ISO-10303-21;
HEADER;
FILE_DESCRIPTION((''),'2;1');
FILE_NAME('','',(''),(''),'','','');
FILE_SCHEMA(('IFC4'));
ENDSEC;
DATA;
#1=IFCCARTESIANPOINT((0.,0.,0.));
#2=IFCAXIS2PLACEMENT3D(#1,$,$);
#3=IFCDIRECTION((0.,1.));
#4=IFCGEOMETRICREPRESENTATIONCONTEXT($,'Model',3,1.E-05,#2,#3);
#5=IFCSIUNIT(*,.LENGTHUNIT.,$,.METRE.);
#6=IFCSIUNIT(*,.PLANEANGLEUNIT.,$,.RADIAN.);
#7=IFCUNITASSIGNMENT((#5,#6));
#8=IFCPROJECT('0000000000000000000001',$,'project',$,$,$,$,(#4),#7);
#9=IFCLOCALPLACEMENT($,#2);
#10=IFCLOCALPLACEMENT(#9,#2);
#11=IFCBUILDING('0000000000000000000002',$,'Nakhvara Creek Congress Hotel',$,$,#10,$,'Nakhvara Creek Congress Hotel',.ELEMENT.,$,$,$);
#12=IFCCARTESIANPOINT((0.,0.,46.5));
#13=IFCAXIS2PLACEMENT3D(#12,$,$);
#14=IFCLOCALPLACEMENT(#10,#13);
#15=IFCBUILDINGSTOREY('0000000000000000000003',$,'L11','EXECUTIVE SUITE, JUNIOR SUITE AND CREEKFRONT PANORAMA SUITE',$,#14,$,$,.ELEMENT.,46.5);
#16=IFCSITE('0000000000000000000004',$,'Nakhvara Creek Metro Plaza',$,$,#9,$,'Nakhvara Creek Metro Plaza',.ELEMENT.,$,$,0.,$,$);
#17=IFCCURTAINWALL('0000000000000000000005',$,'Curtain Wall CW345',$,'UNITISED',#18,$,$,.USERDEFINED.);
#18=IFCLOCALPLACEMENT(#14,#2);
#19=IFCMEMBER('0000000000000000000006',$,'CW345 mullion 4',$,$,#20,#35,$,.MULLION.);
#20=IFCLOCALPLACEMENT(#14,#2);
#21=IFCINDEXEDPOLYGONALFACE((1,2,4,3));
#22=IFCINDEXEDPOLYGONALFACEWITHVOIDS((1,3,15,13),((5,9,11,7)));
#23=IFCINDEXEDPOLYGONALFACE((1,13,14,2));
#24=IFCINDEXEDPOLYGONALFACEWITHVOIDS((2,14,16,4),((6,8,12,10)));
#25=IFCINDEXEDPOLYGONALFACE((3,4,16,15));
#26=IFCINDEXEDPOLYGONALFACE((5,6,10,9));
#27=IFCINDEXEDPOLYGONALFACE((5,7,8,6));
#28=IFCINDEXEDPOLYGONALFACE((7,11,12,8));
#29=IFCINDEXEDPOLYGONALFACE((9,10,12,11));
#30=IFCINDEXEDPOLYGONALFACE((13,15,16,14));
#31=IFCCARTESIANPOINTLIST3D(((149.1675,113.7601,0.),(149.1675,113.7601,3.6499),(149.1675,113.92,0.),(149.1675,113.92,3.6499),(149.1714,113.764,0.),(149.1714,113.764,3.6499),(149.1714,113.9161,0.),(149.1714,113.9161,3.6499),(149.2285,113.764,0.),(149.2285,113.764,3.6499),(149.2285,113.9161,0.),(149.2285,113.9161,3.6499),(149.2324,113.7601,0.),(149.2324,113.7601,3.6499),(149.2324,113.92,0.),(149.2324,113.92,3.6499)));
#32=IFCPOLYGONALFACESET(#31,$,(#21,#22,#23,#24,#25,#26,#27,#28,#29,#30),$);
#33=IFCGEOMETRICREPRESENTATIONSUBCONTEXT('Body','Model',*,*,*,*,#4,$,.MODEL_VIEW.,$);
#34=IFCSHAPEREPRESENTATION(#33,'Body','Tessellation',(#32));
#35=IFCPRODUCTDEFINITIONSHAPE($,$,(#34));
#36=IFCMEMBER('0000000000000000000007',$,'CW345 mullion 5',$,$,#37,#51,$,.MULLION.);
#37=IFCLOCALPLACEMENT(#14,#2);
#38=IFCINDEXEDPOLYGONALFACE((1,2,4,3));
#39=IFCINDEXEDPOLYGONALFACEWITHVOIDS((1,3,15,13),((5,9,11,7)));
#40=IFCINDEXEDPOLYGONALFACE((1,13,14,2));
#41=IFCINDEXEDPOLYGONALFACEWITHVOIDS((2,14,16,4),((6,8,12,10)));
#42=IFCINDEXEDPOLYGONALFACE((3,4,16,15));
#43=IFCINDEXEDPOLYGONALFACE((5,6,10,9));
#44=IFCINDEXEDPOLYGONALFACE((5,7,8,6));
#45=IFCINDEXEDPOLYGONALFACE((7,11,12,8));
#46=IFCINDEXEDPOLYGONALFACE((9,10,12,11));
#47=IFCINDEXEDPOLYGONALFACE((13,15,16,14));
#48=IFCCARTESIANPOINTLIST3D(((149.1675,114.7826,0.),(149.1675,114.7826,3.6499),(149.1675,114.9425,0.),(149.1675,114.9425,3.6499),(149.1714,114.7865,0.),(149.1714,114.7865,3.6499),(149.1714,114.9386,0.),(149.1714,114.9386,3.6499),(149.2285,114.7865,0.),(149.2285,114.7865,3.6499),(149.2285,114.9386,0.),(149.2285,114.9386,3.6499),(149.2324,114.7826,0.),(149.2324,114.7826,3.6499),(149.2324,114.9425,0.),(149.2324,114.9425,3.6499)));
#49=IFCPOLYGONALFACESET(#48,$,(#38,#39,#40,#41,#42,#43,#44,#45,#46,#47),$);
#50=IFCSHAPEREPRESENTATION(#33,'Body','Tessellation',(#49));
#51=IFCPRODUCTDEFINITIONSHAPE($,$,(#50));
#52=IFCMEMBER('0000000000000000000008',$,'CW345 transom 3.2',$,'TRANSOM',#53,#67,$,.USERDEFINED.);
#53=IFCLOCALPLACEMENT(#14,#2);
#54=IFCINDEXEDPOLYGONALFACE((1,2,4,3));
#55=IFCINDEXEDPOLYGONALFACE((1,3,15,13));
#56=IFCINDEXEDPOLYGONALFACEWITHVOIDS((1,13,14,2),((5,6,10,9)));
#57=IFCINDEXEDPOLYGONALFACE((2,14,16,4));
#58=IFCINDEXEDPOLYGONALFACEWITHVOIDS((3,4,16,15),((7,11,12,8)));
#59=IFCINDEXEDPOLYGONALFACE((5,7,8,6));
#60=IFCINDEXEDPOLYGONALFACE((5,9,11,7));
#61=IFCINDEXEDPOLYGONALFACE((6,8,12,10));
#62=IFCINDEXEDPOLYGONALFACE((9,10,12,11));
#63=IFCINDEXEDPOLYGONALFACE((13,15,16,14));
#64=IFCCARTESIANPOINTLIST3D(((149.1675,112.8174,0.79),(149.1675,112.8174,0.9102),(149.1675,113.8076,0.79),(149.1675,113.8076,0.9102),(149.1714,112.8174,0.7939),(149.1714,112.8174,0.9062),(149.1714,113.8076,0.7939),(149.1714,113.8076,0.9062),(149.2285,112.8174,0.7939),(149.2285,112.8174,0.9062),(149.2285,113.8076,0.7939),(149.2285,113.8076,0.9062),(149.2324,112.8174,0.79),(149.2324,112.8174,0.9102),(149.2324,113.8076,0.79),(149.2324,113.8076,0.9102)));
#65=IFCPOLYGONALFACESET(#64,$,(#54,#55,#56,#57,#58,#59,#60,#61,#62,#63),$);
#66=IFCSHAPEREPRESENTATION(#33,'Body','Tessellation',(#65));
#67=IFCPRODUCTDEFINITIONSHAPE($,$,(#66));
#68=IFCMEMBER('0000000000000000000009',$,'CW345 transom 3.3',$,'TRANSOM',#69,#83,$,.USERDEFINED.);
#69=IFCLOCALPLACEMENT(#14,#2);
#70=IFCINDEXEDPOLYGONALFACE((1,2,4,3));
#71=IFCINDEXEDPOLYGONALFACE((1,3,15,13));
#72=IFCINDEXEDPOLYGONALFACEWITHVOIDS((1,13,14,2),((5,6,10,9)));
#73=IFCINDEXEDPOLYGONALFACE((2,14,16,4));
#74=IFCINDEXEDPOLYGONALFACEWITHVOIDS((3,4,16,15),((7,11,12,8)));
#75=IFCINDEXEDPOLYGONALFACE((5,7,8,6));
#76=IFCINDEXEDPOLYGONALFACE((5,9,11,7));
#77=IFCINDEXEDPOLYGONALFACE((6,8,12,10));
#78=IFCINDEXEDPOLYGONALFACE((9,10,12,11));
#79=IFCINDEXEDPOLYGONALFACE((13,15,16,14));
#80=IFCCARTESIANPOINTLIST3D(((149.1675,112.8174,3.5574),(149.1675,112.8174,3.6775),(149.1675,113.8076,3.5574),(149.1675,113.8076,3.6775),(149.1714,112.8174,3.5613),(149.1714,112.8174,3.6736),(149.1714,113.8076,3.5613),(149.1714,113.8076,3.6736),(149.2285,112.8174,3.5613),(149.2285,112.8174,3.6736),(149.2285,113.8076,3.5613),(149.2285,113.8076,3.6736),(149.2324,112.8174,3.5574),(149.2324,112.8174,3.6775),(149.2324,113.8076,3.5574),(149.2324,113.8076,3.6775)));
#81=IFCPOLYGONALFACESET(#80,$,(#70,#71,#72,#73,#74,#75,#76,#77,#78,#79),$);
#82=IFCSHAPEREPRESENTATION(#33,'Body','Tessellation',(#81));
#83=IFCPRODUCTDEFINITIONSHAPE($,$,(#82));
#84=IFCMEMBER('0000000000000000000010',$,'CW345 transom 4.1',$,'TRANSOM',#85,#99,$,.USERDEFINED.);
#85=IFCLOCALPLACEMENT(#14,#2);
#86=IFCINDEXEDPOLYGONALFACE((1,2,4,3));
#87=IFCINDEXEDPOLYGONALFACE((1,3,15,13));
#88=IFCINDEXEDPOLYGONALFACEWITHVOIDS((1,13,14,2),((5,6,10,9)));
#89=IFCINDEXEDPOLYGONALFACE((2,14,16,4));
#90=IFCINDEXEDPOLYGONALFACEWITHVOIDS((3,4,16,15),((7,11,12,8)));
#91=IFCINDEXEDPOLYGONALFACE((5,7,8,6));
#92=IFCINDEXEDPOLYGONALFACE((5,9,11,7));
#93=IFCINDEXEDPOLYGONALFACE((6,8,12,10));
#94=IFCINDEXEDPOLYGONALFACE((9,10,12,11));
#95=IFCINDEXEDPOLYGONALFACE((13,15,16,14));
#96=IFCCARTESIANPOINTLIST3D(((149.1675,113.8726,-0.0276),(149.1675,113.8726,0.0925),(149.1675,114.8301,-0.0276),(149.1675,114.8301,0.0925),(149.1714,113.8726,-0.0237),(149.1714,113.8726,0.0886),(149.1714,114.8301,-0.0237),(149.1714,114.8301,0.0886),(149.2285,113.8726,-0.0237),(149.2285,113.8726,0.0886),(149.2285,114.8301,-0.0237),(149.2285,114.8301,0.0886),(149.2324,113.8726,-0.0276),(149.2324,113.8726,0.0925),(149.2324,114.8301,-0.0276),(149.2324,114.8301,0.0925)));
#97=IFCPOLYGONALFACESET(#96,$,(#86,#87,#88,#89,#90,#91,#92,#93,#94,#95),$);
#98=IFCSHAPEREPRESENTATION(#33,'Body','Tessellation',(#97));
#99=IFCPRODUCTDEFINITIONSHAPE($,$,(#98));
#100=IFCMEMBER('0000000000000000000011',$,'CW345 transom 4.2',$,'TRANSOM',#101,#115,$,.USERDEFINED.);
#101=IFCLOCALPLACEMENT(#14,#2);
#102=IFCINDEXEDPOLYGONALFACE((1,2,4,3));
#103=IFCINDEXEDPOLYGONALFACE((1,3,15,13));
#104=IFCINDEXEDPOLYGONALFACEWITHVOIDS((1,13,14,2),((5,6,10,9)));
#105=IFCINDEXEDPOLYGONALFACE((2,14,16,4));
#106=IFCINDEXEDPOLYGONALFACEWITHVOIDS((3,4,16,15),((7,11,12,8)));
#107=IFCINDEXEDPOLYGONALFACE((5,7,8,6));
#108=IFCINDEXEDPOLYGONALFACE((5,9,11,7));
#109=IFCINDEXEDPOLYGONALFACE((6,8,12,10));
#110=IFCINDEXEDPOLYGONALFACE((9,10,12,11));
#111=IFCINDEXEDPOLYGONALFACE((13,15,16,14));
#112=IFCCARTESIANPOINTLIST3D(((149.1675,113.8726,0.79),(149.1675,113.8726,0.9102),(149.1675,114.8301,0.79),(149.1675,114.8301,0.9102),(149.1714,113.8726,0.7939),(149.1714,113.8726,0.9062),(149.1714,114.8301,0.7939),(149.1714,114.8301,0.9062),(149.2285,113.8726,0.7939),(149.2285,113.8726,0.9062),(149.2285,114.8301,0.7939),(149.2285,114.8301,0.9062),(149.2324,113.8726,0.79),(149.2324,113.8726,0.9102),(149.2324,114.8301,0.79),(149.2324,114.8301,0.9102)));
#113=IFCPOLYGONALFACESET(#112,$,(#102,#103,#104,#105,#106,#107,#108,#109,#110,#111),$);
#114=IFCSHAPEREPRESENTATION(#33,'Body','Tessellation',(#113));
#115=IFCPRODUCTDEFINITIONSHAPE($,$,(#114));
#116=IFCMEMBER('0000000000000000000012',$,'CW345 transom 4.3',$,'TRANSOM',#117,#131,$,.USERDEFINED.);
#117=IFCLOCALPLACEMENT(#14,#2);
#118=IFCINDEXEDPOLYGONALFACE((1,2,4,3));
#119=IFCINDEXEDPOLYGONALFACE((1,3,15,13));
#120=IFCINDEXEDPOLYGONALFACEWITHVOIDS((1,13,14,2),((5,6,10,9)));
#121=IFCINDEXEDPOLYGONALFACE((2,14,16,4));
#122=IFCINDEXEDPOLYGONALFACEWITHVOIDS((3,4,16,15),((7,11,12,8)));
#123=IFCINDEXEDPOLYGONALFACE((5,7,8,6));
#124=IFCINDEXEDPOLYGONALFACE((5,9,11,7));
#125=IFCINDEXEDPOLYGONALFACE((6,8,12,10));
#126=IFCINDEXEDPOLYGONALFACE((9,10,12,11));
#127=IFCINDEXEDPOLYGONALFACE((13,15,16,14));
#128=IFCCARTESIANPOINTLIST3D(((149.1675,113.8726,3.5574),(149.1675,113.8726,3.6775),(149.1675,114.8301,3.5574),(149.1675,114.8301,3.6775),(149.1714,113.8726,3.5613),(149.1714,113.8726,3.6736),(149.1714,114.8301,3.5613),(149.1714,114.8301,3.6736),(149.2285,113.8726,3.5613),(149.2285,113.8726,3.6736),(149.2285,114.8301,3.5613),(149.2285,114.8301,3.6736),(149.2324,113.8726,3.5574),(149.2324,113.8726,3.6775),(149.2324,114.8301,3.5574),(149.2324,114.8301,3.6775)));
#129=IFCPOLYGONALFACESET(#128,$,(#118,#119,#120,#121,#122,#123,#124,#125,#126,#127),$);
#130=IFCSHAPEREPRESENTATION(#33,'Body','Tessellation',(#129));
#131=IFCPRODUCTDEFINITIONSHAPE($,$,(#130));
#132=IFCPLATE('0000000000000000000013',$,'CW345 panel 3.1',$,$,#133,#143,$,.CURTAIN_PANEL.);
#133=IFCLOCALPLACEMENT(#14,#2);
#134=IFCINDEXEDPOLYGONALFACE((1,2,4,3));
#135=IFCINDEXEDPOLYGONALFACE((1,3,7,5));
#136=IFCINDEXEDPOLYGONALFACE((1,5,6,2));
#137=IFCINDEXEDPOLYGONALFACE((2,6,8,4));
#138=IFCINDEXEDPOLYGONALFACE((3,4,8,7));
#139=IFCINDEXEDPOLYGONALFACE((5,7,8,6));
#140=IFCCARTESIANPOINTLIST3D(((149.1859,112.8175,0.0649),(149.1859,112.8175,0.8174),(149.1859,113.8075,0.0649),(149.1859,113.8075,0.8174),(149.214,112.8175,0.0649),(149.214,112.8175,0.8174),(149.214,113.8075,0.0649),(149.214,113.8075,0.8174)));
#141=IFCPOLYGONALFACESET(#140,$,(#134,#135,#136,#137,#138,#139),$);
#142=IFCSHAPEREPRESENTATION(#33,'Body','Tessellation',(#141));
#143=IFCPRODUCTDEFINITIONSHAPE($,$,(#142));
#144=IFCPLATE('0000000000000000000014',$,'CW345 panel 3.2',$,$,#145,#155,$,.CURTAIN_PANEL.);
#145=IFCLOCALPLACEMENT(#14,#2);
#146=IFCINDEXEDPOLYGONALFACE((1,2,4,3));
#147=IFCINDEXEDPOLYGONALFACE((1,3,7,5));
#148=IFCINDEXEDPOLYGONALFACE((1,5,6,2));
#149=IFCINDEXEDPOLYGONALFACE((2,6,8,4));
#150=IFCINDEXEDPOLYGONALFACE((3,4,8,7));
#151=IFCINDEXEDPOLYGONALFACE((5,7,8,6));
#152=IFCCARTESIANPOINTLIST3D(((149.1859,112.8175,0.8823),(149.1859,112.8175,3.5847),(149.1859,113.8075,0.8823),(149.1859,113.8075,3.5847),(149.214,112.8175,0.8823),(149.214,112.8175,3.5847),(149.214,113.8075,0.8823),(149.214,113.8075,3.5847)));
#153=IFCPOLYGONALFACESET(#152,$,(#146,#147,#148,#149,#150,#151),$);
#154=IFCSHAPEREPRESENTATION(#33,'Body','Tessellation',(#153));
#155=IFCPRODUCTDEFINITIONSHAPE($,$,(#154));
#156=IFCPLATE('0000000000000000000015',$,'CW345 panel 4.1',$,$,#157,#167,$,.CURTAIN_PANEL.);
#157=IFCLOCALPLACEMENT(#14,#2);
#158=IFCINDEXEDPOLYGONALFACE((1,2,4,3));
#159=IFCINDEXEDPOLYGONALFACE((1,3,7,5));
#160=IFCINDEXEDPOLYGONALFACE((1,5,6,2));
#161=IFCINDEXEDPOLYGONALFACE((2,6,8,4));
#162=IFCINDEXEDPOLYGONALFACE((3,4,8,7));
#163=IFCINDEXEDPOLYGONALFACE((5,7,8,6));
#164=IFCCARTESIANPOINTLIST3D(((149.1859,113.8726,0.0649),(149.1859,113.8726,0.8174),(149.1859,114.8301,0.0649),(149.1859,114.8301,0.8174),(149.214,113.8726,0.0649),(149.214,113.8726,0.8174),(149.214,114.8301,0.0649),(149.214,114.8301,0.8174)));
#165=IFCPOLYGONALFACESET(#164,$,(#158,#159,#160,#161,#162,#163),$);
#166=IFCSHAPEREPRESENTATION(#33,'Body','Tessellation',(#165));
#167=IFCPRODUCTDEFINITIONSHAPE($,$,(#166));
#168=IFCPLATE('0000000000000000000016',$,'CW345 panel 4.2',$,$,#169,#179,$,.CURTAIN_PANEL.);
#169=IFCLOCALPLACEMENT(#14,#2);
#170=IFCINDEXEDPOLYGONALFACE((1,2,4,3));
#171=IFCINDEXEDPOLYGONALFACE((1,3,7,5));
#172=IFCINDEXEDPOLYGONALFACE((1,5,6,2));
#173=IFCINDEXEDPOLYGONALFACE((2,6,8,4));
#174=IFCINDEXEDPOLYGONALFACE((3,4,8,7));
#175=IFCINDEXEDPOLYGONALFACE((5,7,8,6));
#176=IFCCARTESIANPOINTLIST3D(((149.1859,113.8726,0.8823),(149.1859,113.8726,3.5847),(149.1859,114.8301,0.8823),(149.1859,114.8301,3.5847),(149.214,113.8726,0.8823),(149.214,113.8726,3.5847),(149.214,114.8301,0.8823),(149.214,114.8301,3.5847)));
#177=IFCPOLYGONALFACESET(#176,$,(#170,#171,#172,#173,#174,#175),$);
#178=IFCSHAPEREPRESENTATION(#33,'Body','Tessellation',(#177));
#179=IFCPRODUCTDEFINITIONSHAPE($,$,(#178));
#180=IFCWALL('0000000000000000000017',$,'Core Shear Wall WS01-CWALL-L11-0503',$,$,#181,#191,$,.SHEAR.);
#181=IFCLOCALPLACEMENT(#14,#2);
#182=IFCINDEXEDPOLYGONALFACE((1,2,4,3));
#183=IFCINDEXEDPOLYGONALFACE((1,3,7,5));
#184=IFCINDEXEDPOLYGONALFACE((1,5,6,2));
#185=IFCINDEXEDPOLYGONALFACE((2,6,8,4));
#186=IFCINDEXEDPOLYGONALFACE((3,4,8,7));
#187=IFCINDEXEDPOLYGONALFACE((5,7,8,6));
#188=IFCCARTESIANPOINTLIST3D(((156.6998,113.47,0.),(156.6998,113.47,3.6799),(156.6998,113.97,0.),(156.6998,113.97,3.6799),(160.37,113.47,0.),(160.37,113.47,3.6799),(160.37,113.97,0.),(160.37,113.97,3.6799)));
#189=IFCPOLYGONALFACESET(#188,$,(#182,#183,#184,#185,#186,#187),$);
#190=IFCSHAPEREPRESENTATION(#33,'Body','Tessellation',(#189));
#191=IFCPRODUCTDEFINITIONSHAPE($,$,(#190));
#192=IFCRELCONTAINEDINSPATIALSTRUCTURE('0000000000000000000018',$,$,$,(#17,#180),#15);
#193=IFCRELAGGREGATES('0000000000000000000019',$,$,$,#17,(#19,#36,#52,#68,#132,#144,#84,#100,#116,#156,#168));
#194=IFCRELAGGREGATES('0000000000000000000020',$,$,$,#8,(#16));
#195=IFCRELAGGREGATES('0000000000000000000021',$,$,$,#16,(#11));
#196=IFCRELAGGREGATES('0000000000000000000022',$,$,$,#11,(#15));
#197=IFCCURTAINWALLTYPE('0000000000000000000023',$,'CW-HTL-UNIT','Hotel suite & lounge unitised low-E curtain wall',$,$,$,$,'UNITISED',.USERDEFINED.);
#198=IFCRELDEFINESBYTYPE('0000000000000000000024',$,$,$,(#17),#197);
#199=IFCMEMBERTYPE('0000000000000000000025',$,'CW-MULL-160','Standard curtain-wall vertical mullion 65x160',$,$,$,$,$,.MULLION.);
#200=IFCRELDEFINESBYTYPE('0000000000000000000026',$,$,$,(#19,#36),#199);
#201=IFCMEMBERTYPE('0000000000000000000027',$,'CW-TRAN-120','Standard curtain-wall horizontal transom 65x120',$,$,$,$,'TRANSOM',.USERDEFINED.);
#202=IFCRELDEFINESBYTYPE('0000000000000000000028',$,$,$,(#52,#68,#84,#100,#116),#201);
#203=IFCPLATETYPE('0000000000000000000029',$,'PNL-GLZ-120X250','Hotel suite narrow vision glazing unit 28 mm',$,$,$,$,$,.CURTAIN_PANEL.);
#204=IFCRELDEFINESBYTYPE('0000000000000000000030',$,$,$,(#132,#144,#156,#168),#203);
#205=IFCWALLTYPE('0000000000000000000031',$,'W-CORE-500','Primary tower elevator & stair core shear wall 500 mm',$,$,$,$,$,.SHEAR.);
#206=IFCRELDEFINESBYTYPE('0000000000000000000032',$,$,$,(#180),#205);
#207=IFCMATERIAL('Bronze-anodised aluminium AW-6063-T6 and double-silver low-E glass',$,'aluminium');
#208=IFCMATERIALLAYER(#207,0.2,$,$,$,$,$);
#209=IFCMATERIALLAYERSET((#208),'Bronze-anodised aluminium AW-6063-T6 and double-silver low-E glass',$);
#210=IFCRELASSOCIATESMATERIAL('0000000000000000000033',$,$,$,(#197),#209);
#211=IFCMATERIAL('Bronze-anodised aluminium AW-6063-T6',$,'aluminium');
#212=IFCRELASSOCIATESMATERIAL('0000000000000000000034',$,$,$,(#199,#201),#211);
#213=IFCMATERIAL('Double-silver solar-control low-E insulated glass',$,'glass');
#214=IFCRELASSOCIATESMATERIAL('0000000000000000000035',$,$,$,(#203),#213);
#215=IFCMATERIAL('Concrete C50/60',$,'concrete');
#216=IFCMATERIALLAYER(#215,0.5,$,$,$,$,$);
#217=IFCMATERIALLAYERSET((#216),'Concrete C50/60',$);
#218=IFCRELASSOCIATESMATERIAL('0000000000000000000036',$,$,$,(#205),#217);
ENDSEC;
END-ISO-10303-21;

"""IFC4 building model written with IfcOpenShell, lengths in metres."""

from ifc_helpers import new_model, si_unit, direction, frame, frame_2d, origin, origin_2d, place, context, subcontext, project, spatial, rectangle, hollow_rectangle, extrude, material, layer, layer_set, material_profile, profile_set, type_object, element, aggregate, save


model = new_model("IFC4")

# Units and contexts
model_context = context("Model", 3, precision=1e-05, world=origin(), true_north=direction((0.0, 1.0)))
body_context = subcontext(model_context, "Body", "Model", "MODEL_VIEW")
ifc_project = project(units=[si_unit("LENGTHUNIT", "METRE"), si_unit("PLANEANGLEUNIT", "RADIAN")], contexts=[model_context])

# Site, building, storey
site_placement = place(None, origin())
site = spatial("IfcSite", under=ifc_project, at=site_placement, Name="Nakhvara Creek Metro Plaza", LongName="Nakhvara Creek Metro Plaza", CompositionType="ELEMENT", RefElevation=0.0)
building_placement = place(site_placement, origin())
building = spatial("IfcBuilding", under=site, at=building_placement, Name="Nakhvara Creek Congress Hotel", LongName="Nakhvara Creek Congress Hotel", CompositionType="ELEMENT")
storey_placement = place(building_placement, frame((0.0, 0.0, 46.5)))
storey = spatial("IfcBuildingStorey", under=building, at=storey_placement, Name="L11", Description="EXECUTIVE SUITE, JUNIOR SUITE AND CREEKFRONT PANORAMA SUITE", CompositionType="ELEMENT", Elevation=46.5)

# Shared definitions
ifc_material_1 = material(Name="Concrete C50/60", Category="concrete")

# Curtain wall, members, plates
ifc_material_2 = material(Name="Bronze-anodised aluminium AW-6063-T6 and double-silver low-E glass", Category="aluminium")
ifc_layer_1 = layer(ifc_material_2, 0.2)
ifc_layer_set_1 = layer_set([ifc_layer_1], Name="Bronze-anodised aluminium AW-6063-T6 and double-silver low-E glass")
curtain_wall_type = type_object("IfcCurtainWallType", Name="CW-HTL-UNIT", Description="Hotel suite & lounge unitised low-E curtain wall", ElementType="UNITISED", PredefinedType="USERDEFINED", material=ifc_layer_set_1)
curtain_wall_placement = place(storey_placement, origin())
curtain_wall = element("IfcCurtainWall", 1, at=curtain_wall_placement, inside=storey, type_object=curtain_wall_type, Name="Curtain Wall CW345", ObjectType="UNITISED", PredefinedType="USERDEFINED")
ifc_material_3 = material(Name="Bronze-anodised aluminium AW-6063-T6", Category="aluminium")
ifc_material_profile_1 = material_profile(ifc_material_3, hollow_rectangle(XDim=0.0649, YDim=0.1599, WallThickness=0.0039, at=origin_2d()), Name="ALU-MULL 65x160x4", Category="LoadBearing")
ifc_profile_set_1 = profile_set([ifc_material_profile_1], Name="Bronze-anodised aluminium AW-6063-T6")
member_type_1 = type_object("IfcMemberType", Name="CW-MULL-160", Description="Standard curtain-wall vertical mullion 65x160", PredefinedType="MULLION", material=ifc_profile_set_1)
member_1_placement = place(storey_placement, frame((149.2, 113.8401, 0.0), z_axis=(0.0, 0.0, 1.0), x_axis=(-1.0, 0.0, 0.0)))
member_1 = element("IfcMember", 2, at=member_1_placement, type_object=member_type_1, Name="CW345 mullion 4", PredefinedType="MULLION", context=body_context, shape_type="SweptSolid", body=[
    extrude(hollow_rectangle(XDim=0.0649, YDim=0.1599, WallThickness=0.0039, at=origin_2d()), origin(), (0.0, 0.0, 1.0), 3.6499),
])
member_2_placement = place(storey_placement, frame((149.2, 114.8625, 0.0), z_axis=(0.0, 0.0, 1.0), x_axis=(-1.0, 0.0, 0.0)))
member_2 = element("IfcMember", 3, at=member_2_placement, type_object=member_type_1, Name="CW345 mullion 5", PredefinedType="MULLION", context=body_context, shape_type="SweptSolid", body=[
    extrude(hollow_rectangle(XDim=0.0649, YDim=0.1599, WallThickness=0.0039, at=origin_2d()), origin(), (0.0, 0.0, 1.0), 3.6499),
])
ifc_material_profile_2 = material_profile(ifc_material_3, hollow_rectangle(XDim=0.0649, YDim=0.1201, WallThickness=0.0039, at=origin_2d()), Name="ALU-TRAN 65x120x4", Category="LoadBearing")
ifc_profile_set_2 = profile_set([ifc_material_profile_2], Name="Bronze-anodised aluminium AW-6063-T6")
member_type_2 = type_object("IfcMemberType", Name="CW-TRAN-120", Description="Standard curtain-wall horizontal transom 65x120", ElementType="TRANSOM", PredefinedType="USERDEFINED", material=ifc_profile_set_2)
member_3_placement = place(storey_placement, frame((149.2, 112.8174, 0.8501), z_axis=(0.0, 1.0, 0.0), x_axis=(-1.0, 0.0, 0.0)))
member_3 = element("IfcMember", 4, at=member_3_placement, type_object=member_type_2, Name="CW345 transom 3.2", ObjectType="TRANSOM", PredefinedType="USERDEFINED", context=body_context, shape_type="SweptSolid", body=[
    extrude(hollow_rectangle(XDim=0.0649, YDim=0.1201, WallThickness=0.0039, at=origin_2d()), origin(), (0.0, 0.0, 1.0), 0.9902),
])
member_4_placement = place(storey_placement, frame((149.2, 112.8174, 3.6174), z_axis=(0.0, 1.0, 0.0), x_axis=(-1.0, 0.0, 0.0)))
member_4 = element("IfcMember", 5, at=member_4_placement, type_object=member_type_2, Name="CW345 transom 3.3", ObjectType="TRANSOM", PredefinedType="USERDEFINED", context=body_context, shape_type="SweptSolid", body=[
    extrude(hollow_rectangle(XDim=0.0649, YDim=0.1201, WallThickness=0.0039, at=origin_2d()), origin(), (0.0, 0.0, 1.0), 0.9902),
])
member_5_placement = place(storey_placement, frame((149.2, 113.8726, 0.0325), z_axis=(0.0, 1.0, 0.0), x_axis=(-1.0, 0.0, 0.0)))
member_5 = element("IfcMember", 6, at=member_5_placement, type_object=member_type_2, Name="CW345 transom 4.1", ObjectType="TRANSOM", PredefinedType="USERDEFINED", context=body_context, shape_type="SweptSolid", body=[
    extrude(hollow_rectangle(XDim=0.0649, YDim=0.1201, WallThickness=0.0039, at=origin_2d()), origin(), (0.0, 0.0, 1.0), 0.9575),
])
member_6_placement = place(storey_placement, frame((149.2, 113.8726, 0.8501), z_axis=(0.0, 1.0, 0.0), x_axis=(-1.0, 0.0, 0.0)))
member_6 = element("IfcMember", 7, at=member_6_placement, type_object=member_type_2, Name="CW345 transom 4.2", ObjectType="TRANSOM", PredefinedType="USERDEFINED", context=body_context, shape_type="SweptSolid", body=[
    extrude(hollow_rectangle(XDim=0.0649, YDim=0.1201, WallThickness=0.0039, at=origin_2d()), origin(), (0.0, 0.0, 1.0), 0.9575),
])
member_7_placement = place(storey_placement, frame((149.2, 113.8726, 3.6174), z_axis=(0.0, 1.0, 0.0), x_axis=(-1.0, 0.0, 0.0)))
member_7 = element("IfcMember", 8, at=member_7_placement, type_object=member_type_2, Name="CW345 transom 4.3", ObjectType="TRANSOM", PredefinedType="USERDEFINED", context=body_context, shape_type="SweptSolid", body=[
    extrude(hollow_rectangle(XDim=0.0649, YDim=0.1201, WallThickness=0.0039, at=origin_2d()), origin(), (0.0, 0.0, 1.0), 0.9575),
])
ifc_material_4 = material(Name="Double-silver solar-control low-E insulated glass", Category="glass")
plate_type = type_object("IfcPlateType", Name="PNL-GLZ-120X250", Description="Hotel suite narrow vision glazing unit 28 mm", PredefinedType="CURTAIN_PANEL", material=ifc_material_4)
plate_1_placement = place(storey_placement, frame((149.2, 113.3125, 0.0649), z_axis=(0.0, 0.0, 1.0), x_axis=(0.0, 1.0, 0.0)))
plate_1 = element("IfcPlate", 9, at=plate_1_placement, type_object=plate_type, Name="CW345 panel 3.1", PredefinedType="CURTAIN_PANEL", context=body_context, shape_type="SweptSolid", body=[
    extrude(rectangle(XDim=0.99, YDim=0.0281, at=origin_2d()), origin(), (0.0, 0.0, 1.0), 0.7524),
])
plate_2_placement = place(storey_placement, frame((149.2, 113.3125, 0.8823), z_axis=(0.0, 0.0, 1.0), x_axis=(0.0, 1.0, 0.0)))
plate_2 = element("IfcPlate", 10, at=plate_2_placement, type_object=plate_type, Name="CW345 panel 3.2", PredefinedType="CURTAIN_PANEL", context=body_context, shape_type="SweptSolid", body=[
    extrude(rectangle(XDim=0.99, YDim=0.0281, at=origin_2d()), origin(), (0.0, 0.0, 1.0), 2.7024),
])
plate_3_placement = place(storey_placement, frame((149.2, 114.3513, 0.0649), z_axis=(0.0, 0.0, 1.0), x_axis=(0.0, 1.0, 0.0)))
plate_3 = element("IfcPlate", 11, at=plate_3_placement, type_object=plate_type, Name="CW345 panel 4.1", PredefinedType="CURTAIN_PANEL", context=body_context, shape_type="SweptSolid", body=[
    extrude(rectangle(XDim=0.9575, YDim=0.0281, at=origin_2d()), origin(), (0.0, 0.0, 1.0), 0.7524),
])
plate_4_placement = place(storey_placement, frame((149.2, 114.3513, 0.8823), z_axis=(0.0, 0.0, 1.0), x_axis=(0.0, 1.0, 0.0)))
plate_4 = element("IfcPlate", 12, at=plate_4_placement, type_object=plate_type, Name="CW345 panel 4.2", PredefinedType="CURTAIN_PANEL", context=body_context, shape_type="SweptSolid", body=[
    extrude(rectangle(XDim=0.9575, YDim=0.0281, at=origin_2d()), origin(), (0.0, 0.0, 1.0), 2.7024),
])
aggregate(curtain_wall, [member_1, member_2, member_3, member_4, plate_1, plate_2, member_5, member_6, member_7, plate_3, plate_4])

# Wall
ifc_layer_2 = layer(ifc_material_1, 0.5)
ifc_layer_set_2 = layer_set([ifc_layer_2], Name="Concrete C50/60")
wall_type_1 = type_object("IfcWallType", Name="W-CORE-500", Description="Primary tower elevator & stair core shear wall 500 mm", PredefinedType="SHEAR", material=ifc_layer_set_2)
wall_1_placement = place(storey_placement, frame((156.7, 113.72, 0.0), z_axis=(0.0, 0.0, 1.0), x_axis=(1.0, 0.0, 0.0)))
element("IfcWall", 13, at=wall_1_placement, inside=storey, type_object=wall_type_1, Name="Core Shear Wall WS01-CWALL-L11-0503", PredefinedType="SHEAR", context=body_context, shape_type="SweptSolid", body=[
    extrude(rectangle(XDim=3.6702, YDim=0.5, at=frame_2d((1.835, 0.0))), origin(), (0.0, 0.0, 1.0), 3.6799),
])

save(model, "model.ifc")
